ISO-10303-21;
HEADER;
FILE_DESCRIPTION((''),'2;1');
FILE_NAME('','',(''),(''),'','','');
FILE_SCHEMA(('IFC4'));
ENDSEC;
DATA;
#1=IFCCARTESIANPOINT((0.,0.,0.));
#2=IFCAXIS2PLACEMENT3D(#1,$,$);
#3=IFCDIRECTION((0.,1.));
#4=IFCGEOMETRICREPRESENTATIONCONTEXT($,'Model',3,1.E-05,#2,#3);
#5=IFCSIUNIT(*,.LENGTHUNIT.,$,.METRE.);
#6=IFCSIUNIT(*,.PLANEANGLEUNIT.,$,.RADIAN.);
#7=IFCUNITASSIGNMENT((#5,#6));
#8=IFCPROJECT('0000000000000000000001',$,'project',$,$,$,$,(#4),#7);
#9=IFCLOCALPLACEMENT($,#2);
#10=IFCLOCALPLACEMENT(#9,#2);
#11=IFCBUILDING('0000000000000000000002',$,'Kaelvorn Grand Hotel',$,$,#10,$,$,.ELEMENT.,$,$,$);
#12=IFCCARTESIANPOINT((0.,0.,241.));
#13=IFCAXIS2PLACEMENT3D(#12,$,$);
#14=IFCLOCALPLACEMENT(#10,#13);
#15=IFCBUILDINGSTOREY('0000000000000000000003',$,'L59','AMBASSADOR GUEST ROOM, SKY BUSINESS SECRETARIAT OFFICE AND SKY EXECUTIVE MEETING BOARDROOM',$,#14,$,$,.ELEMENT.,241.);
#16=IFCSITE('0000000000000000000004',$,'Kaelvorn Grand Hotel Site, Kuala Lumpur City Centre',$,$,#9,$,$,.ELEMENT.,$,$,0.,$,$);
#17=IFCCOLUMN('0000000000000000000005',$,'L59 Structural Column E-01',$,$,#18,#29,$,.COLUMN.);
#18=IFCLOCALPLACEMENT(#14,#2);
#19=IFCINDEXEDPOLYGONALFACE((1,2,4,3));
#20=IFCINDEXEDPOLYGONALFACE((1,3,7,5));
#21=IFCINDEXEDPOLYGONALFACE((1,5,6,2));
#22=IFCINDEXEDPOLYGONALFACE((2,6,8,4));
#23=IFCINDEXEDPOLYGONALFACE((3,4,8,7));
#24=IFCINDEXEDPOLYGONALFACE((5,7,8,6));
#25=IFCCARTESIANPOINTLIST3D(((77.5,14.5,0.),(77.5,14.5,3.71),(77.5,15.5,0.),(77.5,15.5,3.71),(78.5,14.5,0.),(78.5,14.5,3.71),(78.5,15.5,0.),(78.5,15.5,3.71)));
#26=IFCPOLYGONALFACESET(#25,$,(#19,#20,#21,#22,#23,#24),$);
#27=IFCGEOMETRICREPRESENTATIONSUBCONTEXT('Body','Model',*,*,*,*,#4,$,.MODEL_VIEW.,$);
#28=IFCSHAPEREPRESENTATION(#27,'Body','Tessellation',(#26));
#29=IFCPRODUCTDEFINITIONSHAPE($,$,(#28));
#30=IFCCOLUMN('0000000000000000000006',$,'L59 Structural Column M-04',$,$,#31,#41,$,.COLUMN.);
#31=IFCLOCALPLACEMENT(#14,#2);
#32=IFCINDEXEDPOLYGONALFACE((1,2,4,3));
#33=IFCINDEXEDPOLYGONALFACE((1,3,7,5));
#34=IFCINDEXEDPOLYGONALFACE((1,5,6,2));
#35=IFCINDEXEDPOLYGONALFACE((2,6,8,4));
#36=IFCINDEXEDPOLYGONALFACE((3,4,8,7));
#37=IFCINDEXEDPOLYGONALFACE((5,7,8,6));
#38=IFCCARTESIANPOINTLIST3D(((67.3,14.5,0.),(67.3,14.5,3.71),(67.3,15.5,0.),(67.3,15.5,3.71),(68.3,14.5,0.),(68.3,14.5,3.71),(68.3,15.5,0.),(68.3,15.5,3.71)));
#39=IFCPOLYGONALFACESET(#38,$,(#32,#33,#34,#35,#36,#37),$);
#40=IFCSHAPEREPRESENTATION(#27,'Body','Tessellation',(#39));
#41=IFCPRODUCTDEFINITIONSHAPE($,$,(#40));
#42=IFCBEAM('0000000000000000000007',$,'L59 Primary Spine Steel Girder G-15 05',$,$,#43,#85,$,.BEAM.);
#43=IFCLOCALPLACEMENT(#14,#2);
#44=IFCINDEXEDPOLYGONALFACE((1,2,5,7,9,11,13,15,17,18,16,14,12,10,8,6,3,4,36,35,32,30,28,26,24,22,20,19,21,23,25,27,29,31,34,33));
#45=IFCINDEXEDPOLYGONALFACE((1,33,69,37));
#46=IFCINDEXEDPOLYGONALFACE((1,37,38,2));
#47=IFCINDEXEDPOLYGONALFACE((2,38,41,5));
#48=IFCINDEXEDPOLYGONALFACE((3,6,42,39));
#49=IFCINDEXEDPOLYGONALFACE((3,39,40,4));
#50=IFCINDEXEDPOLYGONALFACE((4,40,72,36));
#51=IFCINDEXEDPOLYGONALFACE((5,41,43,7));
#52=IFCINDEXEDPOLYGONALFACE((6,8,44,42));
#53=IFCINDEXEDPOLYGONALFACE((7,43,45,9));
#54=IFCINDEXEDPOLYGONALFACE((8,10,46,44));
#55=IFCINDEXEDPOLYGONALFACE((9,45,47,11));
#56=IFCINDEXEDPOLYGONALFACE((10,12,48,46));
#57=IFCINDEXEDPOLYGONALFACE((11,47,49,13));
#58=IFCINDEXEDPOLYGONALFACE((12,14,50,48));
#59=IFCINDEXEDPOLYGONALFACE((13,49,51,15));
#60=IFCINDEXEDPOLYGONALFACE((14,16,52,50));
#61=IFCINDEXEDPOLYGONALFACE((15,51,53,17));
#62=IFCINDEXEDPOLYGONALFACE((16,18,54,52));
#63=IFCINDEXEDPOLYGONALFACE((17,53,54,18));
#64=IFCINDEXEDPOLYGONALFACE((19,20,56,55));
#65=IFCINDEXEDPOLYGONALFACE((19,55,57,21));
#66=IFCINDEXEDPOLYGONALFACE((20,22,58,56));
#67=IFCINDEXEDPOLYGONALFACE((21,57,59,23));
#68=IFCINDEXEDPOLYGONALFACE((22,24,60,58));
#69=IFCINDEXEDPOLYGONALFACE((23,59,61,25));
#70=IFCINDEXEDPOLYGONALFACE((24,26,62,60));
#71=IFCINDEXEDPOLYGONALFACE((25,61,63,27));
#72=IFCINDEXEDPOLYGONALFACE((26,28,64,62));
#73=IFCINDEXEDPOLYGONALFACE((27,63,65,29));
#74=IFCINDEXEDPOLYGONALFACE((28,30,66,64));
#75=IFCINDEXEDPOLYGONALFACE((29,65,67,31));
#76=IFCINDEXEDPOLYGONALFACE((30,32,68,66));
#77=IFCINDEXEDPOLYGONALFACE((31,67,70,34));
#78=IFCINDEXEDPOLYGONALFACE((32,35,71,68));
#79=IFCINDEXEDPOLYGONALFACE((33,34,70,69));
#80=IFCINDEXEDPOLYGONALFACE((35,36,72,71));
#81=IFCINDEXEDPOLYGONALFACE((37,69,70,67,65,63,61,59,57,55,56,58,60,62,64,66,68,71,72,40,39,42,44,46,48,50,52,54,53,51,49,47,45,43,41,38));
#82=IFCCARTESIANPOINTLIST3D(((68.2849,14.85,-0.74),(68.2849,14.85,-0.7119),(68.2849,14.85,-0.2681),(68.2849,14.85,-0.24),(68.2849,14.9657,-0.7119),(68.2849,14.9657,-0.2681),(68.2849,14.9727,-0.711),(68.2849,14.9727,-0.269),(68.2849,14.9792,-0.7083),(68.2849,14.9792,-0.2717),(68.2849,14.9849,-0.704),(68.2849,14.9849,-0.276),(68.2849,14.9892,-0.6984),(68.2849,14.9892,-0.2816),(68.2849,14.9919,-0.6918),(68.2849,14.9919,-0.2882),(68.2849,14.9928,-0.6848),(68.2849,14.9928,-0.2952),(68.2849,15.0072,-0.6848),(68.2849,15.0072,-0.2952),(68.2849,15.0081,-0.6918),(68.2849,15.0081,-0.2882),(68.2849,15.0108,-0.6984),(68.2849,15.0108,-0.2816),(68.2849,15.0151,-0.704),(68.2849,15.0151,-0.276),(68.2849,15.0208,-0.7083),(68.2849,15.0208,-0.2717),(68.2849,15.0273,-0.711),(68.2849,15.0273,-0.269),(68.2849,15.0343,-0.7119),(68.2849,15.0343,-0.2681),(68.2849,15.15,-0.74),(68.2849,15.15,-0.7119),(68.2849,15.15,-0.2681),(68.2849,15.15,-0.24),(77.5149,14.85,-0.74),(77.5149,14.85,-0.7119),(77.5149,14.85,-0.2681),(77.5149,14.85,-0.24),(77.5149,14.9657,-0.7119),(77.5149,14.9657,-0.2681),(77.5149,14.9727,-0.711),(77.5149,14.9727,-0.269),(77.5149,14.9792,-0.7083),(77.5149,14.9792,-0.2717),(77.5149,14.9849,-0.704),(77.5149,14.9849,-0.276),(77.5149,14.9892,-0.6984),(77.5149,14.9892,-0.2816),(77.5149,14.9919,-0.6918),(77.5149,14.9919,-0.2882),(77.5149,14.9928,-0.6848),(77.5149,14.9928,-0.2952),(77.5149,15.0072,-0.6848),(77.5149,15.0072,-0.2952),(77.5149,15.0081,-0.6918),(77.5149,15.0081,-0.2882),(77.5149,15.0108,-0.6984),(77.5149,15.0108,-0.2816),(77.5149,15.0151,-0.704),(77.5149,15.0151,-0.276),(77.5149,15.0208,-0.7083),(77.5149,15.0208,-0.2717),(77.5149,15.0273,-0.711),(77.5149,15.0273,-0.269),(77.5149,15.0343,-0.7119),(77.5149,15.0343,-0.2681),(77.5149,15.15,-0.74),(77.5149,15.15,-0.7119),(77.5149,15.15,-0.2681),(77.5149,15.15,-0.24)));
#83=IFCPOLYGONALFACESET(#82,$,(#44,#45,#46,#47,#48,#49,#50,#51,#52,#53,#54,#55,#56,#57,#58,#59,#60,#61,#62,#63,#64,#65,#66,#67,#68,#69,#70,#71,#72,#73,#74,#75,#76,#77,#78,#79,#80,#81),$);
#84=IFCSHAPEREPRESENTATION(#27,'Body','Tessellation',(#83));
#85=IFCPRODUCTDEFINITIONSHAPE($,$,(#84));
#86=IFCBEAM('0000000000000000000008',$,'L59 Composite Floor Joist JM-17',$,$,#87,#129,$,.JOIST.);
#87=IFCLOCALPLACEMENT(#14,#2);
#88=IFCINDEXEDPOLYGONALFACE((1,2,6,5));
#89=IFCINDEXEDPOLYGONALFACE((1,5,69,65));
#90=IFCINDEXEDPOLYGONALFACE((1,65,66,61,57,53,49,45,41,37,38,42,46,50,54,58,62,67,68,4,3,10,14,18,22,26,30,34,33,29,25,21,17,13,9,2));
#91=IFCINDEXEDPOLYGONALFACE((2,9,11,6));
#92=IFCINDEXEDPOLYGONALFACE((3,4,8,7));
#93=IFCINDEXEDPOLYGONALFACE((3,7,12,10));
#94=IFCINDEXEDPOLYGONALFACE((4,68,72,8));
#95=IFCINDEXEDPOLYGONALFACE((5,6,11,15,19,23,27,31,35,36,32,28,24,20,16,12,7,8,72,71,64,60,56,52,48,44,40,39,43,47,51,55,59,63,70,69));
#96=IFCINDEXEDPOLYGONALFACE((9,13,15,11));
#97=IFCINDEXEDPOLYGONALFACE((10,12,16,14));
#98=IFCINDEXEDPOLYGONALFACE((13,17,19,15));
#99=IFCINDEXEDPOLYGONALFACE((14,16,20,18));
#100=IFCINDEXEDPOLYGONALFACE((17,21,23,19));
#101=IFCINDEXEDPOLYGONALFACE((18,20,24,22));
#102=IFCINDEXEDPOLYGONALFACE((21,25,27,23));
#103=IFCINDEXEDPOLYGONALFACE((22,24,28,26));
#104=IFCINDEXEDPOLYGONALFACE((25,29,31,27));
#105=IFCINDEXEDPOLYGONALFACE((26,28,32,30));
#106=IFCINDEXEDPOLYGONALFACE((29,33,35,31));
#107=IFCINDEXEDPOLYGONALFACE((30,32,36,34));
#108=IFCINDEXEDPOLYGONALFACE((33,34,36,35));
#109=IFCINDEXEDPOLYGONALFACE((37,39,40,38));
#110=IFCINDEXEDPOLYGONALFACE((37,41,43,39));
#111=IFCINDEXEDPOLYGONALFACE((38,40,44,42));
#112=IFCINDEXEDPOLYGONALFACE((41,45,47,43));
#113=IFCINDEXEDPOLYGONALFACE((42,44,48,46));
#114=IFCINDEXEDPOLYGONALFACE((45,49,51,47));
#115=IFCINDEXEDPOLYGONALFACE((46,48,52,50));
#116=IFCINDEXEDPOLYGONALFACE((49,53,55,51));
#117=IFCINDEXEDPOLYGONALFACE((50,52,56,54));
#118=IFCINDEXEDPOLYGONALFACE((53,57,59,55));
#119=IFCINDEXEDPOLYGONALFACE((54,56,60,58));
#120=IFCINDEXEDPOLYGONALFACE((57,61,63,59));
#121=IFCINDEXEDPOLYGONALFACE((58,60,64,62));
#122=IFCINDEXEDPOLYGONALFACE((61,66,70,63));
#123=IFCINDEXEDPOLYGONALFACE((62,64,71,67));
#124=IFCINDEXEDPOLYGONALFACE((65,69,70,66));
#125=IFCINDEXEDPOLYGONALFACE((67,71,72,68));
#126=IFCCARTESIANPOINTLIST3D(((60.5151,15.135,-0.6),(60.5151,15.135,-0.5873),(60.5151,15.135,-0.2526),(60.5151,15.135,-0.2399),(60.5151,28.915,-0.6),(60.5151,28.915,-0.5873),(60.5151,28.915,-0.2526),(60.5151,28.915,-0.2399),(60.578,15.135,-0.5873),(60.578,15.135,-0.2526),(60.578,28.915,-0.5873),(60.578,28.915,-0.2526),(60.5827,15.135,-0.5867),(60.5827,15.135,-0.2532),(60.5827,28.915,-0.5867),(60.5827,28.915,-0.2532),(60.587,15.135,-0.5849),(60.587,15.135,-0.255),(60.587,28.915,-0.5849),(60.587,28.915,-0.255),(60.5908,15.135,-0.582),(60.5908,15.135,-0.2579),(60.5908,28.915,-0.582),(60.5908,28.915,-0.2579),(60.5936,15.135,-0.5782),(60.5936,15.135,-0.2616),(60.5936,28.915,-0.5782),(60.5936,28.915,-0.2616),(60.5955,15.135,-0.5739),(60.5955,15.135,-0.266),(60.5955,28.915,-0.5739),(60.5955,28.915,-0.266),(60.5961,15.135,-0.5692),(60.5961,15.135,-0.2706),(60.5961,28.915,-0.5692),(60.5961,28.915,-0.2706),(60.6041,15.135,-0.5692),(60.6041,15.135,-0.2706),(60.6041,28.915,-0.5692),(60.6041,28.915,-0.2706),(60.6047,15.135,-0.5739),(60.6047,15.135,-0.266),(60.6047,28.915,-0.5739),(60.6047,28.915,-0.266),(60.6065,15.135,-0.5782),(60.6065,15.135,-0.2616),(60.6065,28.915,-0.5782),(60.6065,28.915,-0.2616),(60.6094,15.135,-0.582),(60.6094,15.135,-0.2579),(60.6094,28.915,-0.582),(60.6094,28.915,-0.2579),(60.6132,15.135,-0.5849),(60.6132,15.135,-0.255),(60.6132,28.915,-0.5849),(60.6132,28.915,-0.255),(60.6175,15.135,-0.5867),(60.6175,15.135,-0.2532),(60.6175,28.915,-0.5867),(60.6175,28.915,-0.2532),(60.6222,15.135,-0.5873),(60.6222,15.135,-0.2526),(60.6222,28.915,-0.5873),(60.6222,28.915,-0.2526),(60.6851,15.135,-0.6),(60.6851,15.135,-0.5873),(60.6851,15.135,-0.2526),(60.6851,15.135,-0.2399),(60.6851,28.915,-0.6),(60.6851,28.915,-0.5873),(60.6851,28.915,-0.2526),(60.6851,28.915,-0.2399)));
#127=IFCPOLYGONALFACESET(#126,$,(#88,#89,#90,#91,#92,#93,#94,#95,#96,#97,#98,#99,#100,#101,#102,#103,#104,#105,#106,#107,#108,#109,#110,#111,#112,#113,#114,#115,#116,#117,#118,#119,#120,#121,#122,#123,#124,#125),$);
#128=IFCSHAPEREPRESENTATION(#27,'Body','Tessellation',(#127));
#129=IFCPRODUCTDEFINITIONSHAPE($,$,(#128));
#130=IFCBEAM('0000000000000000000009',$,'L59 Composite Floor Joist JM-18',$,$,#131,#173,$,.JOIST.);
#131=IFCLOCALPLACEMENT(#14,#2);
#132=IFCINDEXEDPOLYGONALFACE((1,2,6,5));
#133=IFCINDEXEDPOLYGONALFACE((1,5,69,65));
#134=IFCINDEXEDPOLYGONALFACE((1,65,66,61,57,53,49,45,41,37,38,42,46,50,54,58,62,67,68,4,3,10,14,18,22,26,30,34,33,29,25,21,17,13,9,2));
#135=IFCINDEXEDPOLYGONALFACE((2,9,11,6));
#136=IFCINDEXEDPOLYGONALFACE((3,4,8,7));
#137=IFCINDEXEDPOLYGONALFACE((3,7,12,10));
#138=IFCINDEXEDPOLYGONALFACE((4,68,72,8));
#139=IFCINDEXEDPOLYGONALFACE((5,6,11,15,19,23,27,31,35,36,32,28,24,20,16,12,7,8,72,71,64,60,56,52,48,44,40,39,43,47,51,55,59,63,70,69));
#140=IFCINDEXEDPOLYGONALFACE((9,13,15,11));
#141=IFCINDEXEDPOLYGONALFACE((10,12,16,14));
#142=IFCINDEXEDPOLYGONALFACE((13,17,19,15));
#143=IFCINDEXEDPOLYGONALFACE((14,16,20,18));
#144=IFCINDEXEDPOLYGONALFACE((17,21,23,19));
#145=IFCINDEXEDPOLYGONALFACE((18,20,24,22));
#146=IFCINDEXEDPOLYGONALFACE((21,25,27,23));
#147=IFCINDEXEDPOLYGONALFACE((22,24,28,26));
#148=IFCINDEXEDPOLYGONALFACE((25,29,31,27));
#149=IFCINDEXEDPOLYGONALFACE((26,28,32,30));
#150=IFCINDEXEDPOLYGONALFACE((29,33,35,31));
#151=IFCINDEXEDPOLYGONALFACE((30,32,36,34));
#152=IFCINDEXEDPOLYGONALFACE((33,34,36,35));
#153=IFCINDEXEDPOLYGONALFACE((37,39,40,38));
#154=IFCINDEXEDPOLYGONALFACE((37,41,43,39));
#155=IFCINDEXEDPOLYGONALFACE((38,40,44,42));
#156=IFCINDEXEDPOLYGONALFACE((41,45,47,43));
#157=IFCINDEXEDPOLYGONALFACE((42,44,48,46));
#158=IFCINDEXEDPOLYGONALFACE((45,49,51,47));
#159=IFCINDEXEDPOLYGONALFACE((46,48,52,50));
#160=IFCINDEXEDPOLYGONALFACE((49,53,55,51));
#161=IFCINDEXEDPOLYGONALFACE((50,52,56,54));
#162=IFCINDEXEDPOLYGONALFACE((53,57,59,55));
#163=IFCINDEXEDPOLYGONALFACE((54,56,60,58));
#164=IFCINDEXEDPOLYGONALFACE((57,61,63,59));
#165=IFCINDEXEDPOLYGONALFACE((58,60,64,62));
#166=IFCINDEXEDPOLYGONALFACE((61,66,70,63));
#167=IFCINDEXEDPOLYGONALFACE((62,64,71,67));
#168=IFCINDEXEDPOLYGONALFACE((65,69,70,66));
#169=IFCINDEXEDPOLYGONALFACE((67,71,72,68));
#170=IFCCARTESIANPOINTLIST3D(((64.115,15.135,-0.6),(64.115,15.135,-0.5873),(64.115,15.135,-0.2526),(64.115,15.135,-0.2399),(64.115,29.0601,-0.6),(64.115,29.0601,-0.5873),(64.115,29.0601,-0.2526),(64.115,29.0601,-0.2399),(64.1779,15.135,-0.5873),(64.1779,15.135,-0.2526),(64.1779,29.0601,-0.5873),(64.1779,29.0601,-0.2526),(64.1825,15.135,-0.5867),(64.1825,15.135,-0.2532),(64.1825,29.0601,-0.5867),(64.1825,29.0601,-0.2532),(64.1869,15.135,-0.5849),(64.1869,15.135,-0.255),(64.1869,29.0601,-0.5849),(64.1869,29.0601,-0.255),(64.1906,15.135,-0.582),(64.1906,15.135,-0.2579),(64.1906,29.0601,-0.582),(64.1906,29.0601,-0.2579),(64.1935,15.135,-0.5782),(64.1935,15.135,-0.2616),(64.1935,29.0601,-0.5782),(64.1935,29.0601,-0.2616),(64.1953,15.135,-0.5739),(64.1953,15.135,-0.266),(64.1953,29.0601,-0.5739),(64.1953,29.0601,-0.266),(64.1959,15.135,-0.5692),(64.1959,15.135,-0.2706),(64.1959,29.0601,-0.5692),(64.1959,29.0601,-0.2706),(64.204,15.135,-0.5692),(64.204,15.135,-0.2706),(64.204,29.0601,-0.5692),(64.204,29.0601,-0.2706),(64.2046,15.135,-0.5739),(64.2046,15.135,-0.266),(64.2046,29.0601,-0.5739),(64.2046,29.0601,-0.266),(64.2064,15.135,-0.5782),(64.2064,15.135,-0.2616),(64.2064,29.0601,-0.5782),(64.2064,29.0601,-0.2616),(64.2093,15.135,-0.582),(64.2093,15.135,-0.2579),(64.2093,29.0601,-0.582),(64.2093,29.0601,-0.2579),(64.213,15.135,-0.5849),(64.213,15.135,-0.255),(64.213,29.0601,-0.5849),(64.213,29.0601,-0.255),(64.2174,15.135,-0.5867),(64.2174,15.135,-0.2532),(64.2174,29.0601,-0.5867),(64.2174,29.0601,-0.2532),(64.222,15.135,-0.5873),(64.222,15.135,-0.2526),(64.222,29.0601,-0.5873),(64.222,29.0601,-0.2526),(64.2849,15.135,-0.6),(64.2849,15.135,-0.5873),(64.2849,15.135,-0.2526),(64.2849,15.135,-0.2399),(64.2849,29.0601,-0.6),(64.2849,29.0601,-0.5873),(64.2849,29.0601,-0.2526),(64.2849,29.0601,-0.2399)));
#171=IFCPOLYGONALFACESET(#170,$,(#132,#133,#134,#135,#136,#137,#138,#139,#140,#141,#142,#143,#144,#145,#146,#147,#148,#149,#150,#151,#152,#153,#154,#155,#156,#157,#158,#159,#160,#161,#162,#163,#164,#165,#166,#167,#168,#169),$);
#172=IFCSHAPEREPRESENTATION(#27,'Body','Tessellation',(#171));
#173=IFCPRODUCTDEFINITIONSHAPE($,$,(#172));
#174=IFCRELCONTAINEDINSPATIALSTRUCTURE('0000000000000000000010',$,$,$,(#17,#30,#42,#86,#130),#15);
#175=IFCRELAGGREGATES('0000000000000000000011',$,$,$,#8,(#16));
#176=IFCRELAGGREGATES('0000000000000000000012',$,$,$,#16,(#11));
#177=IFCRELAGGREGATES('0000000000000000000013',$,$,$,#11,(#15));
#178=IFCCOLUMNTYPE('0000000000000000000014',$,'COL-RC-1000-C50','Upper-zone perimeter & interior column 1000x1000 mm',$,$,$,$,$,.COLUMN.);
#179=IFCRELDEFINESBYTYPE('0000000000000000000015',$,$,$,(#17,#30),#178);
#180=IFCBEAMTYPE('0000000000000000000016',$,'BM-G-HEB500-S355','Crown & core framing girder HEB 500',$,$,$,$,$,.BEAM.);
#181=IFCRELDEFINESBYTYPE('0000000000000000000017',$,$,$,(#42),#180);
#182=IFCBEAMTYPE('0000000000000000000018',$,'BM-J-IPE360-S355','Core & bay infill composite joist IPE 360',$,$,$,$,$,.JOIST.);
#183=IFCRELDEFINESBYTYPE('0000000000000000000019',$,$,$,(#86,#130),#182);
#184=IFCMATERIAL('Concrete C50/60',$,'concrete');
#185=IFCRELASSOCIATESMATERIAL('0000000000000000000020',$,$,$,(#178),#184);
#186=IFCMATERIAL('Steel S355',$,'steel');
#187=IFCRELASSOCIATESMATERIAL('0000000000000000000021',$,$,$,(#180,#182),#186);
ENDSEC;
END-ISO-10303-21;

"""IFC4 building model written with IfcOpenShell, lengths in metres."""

from ifc_helpers import new_model, si_unit, direction, frame, origin, origin_2d, place, context, subcontext, project, spatial, rectangle, i_section, extrude, material, material_profile, profile_set, type_object, element, save


model = new_model("IFC4")

# Units and contexts
model_context = context("Model", 3, precision=1e-05, world=origin(), true_north=direction((0.0, 1.0)))
body_context = subcontext(model_context, "Body", "Model", "MODEL_VIEW")
ifc_project = project(units=[si_unit("LENGTHUNIT", "METRE"), si_unit("PLANEANGLEUNIT", "RADIAN")], contexts=[model_context])

# Site, building, storey
site_placement = place(None, origin())
site = spatial("IfcSite", under=ifc_project, at=site_placement, Name="Kaelvorn Grand Hotel Site, Kuala Lumpur City Centre", CompositionType="ELEMENT", RefElevation=0.0)
building_placement = place(site_placement, origin())
building = spatial("IfcBuilding", under=site, at=building_placement, Name="Kaelvorn Grand Hotel", CompositionType="ELEMENT")
storey_placement = place(building_placement, frame((0.0, 0.0, 241.0)))
storey = spatial("IfcBuildingStorey", under=building, at=storey_placement, Name="L59", Description="AMBASSADOR GUEST ROOM, SKY BUSINESS SECRETARIAT OFFICE AND SKY EXECUTIVE MEETING BOARDROOM", CompositionType="ELEMENT", Elevation=241.0)

# Columns
ifc_material_1 = material(Name="Concrete C50/60", Category="concrete")
ifc_material_profile_1 = material_profile(ifc_material_1, rectangle(XDim=1.0, YDim=1.0, at=origin_2d()), Name="RC COL 1000x1000")
ifc_profile_set_1 = profile_set([ifc_material_profile_1], Name="Concrete C50/60")
column_type = type_object("IfcColumnType", Name="COL-RC-1000-C50", Description="Upper-zone perimeter & interior column 1000x1000 mm", PredefinedType="COLUMN", material=ifc_profile_set_1)
for number, where, z_axis, x_axis, name in (
    (1, (78.0, 15.0, 0.0), (0.0, 0.0, 1.0), (1.0, 0.0, 0.0), "L59 Structural Column E-01"),
    (2, (67.8, 15.0, 0.0), (0.0, 0.0, 1.0), (1.0, 0.0, 0.0), "L59 Structural Column M-04"),
):
    element("IfcColumn", number, at=place(storey_placement, frame(where, z_axis=z_axis, x_axis=x_axis)), inside=storey, type_object=column_type, Name=name, PredefinedType="COLUMN", context=body_context, shape_type="SweptSolid", body=[
        extrude(rectangle(XDim=1.0, YDim=1.0, at=origin_2d()), origin(), (0.0, 0.0, 1.0), 3.71),
    ])

# Beams
ifc_material_2 = material(Name="Steel S355", Category="steel")
ifc_material_profile_2 = material_profile(ifc_material_2, i_section(OverallWidth=0.3, OverallDepth=0.5, WebThickness=0.0144, FlangeThickness=0.0281, FilletRadius=0.0271, at=origin_2d()), Name="HEB 500")
ifc_profile_set_2 = profile_set([ifc_material_profile_2], Name="Steel S355")
beam_type_1 = type_object("IfcBeamType", Name="BM-G-HEB500-S355", Description="Crown & core framing girder HEB 500", PredefinedType="BEAM", material=ifc_profile_set_2)
beam_1_placement = place(storey_placement, frame((68.2849, 15.0, -0.49), z_axis=(1.0, 0.0, 0.0), x_axis=(0.0, 1.0, 0.0)))
element("IfcBeam", 3, at=beam_1_placement, inside=storey, type_object=beam_type_1, Name="L59 Primary Spine Steel Girder G-15 05", PredefinedType="BEAM", context=body_context, shape_type="SweptSolid", body=[
    extrude(i_section(OverallWidth=0.3, OverallDepth=0.5, WebThickness=0.0144, FlangeThickness=0.0281, FilletRadius=0.0271, at=origin_2d()), origin(), (0.0, 0.0, 1.0), 9.23),
])
ifc_material_profile_3 = material_profile(ifc_material_2, i_section(OverallWidth=0.1699, OverallDepth=0.3601, WebThickness=0.0081, FlangeThickness=0.0127, FilletRadius=0.0181, at=origin_2d()), Name="IPE 360")
ifc_profile_set_3 = profile_set([ifc_material_profile_3], Name="Steel S355")
beam_type_2 = type_object("IfcBeamType", Name="BM-J-IPE360-S355", Description="Core & bay infill composite joist IPE 360", PredefinedType="JOIST", material=ifc_profile_set_3)
beam_2_placement = place(storey_placement, frame((60.6001, 15.135, -0.4199), z_axis=(0.0, 1.0, 0.0), x_axis=(-1.0, 0.0, 0.0)))
element("IfcBeam", 4, at=beam_2_placement, inside=storey, type_object=beam_type_2, Name="L59 Composite Floor Joist JM-17", PredefinedType="JOIST", context=body_context, shape_type="SweptSolid", body=[
    extrude(i_section(OverallWidth=0.1699, OverallDepth=0.3601, WebThickness=0.0081, FlangeThickness=0.0127, FilletRadius=0.0181, at=origin_2d()), origin(), (0.0, 0.0, 1.0), 13.78),
])
beam_3_placement = place(storey_placement, frame((64.2, 15.135, -0.4199), z_axis=(0.0, 1.0, 0.0), x_axis=(-1.0, 0.0, 0.0)))
element("IfcBeam", 5, at=beam_3_placement, inside=storey, type_object=beam_type_2, Name="L59 Composite Floor Joist JM-18", PredefinedType="JOIST", context=body_context, shape_type="SweptSolid", body=[
    extrude(i_section(OverallWidth=0.1699, OverallDepth=0.3601, WebThickness=0.0081, FlangeThickness=0.0127, FilletRadius=0.0181, at=origin_2d()), origin(), (0.0, 0.0, 1.0), 13.925),
])

save(model, "model.ifc")
